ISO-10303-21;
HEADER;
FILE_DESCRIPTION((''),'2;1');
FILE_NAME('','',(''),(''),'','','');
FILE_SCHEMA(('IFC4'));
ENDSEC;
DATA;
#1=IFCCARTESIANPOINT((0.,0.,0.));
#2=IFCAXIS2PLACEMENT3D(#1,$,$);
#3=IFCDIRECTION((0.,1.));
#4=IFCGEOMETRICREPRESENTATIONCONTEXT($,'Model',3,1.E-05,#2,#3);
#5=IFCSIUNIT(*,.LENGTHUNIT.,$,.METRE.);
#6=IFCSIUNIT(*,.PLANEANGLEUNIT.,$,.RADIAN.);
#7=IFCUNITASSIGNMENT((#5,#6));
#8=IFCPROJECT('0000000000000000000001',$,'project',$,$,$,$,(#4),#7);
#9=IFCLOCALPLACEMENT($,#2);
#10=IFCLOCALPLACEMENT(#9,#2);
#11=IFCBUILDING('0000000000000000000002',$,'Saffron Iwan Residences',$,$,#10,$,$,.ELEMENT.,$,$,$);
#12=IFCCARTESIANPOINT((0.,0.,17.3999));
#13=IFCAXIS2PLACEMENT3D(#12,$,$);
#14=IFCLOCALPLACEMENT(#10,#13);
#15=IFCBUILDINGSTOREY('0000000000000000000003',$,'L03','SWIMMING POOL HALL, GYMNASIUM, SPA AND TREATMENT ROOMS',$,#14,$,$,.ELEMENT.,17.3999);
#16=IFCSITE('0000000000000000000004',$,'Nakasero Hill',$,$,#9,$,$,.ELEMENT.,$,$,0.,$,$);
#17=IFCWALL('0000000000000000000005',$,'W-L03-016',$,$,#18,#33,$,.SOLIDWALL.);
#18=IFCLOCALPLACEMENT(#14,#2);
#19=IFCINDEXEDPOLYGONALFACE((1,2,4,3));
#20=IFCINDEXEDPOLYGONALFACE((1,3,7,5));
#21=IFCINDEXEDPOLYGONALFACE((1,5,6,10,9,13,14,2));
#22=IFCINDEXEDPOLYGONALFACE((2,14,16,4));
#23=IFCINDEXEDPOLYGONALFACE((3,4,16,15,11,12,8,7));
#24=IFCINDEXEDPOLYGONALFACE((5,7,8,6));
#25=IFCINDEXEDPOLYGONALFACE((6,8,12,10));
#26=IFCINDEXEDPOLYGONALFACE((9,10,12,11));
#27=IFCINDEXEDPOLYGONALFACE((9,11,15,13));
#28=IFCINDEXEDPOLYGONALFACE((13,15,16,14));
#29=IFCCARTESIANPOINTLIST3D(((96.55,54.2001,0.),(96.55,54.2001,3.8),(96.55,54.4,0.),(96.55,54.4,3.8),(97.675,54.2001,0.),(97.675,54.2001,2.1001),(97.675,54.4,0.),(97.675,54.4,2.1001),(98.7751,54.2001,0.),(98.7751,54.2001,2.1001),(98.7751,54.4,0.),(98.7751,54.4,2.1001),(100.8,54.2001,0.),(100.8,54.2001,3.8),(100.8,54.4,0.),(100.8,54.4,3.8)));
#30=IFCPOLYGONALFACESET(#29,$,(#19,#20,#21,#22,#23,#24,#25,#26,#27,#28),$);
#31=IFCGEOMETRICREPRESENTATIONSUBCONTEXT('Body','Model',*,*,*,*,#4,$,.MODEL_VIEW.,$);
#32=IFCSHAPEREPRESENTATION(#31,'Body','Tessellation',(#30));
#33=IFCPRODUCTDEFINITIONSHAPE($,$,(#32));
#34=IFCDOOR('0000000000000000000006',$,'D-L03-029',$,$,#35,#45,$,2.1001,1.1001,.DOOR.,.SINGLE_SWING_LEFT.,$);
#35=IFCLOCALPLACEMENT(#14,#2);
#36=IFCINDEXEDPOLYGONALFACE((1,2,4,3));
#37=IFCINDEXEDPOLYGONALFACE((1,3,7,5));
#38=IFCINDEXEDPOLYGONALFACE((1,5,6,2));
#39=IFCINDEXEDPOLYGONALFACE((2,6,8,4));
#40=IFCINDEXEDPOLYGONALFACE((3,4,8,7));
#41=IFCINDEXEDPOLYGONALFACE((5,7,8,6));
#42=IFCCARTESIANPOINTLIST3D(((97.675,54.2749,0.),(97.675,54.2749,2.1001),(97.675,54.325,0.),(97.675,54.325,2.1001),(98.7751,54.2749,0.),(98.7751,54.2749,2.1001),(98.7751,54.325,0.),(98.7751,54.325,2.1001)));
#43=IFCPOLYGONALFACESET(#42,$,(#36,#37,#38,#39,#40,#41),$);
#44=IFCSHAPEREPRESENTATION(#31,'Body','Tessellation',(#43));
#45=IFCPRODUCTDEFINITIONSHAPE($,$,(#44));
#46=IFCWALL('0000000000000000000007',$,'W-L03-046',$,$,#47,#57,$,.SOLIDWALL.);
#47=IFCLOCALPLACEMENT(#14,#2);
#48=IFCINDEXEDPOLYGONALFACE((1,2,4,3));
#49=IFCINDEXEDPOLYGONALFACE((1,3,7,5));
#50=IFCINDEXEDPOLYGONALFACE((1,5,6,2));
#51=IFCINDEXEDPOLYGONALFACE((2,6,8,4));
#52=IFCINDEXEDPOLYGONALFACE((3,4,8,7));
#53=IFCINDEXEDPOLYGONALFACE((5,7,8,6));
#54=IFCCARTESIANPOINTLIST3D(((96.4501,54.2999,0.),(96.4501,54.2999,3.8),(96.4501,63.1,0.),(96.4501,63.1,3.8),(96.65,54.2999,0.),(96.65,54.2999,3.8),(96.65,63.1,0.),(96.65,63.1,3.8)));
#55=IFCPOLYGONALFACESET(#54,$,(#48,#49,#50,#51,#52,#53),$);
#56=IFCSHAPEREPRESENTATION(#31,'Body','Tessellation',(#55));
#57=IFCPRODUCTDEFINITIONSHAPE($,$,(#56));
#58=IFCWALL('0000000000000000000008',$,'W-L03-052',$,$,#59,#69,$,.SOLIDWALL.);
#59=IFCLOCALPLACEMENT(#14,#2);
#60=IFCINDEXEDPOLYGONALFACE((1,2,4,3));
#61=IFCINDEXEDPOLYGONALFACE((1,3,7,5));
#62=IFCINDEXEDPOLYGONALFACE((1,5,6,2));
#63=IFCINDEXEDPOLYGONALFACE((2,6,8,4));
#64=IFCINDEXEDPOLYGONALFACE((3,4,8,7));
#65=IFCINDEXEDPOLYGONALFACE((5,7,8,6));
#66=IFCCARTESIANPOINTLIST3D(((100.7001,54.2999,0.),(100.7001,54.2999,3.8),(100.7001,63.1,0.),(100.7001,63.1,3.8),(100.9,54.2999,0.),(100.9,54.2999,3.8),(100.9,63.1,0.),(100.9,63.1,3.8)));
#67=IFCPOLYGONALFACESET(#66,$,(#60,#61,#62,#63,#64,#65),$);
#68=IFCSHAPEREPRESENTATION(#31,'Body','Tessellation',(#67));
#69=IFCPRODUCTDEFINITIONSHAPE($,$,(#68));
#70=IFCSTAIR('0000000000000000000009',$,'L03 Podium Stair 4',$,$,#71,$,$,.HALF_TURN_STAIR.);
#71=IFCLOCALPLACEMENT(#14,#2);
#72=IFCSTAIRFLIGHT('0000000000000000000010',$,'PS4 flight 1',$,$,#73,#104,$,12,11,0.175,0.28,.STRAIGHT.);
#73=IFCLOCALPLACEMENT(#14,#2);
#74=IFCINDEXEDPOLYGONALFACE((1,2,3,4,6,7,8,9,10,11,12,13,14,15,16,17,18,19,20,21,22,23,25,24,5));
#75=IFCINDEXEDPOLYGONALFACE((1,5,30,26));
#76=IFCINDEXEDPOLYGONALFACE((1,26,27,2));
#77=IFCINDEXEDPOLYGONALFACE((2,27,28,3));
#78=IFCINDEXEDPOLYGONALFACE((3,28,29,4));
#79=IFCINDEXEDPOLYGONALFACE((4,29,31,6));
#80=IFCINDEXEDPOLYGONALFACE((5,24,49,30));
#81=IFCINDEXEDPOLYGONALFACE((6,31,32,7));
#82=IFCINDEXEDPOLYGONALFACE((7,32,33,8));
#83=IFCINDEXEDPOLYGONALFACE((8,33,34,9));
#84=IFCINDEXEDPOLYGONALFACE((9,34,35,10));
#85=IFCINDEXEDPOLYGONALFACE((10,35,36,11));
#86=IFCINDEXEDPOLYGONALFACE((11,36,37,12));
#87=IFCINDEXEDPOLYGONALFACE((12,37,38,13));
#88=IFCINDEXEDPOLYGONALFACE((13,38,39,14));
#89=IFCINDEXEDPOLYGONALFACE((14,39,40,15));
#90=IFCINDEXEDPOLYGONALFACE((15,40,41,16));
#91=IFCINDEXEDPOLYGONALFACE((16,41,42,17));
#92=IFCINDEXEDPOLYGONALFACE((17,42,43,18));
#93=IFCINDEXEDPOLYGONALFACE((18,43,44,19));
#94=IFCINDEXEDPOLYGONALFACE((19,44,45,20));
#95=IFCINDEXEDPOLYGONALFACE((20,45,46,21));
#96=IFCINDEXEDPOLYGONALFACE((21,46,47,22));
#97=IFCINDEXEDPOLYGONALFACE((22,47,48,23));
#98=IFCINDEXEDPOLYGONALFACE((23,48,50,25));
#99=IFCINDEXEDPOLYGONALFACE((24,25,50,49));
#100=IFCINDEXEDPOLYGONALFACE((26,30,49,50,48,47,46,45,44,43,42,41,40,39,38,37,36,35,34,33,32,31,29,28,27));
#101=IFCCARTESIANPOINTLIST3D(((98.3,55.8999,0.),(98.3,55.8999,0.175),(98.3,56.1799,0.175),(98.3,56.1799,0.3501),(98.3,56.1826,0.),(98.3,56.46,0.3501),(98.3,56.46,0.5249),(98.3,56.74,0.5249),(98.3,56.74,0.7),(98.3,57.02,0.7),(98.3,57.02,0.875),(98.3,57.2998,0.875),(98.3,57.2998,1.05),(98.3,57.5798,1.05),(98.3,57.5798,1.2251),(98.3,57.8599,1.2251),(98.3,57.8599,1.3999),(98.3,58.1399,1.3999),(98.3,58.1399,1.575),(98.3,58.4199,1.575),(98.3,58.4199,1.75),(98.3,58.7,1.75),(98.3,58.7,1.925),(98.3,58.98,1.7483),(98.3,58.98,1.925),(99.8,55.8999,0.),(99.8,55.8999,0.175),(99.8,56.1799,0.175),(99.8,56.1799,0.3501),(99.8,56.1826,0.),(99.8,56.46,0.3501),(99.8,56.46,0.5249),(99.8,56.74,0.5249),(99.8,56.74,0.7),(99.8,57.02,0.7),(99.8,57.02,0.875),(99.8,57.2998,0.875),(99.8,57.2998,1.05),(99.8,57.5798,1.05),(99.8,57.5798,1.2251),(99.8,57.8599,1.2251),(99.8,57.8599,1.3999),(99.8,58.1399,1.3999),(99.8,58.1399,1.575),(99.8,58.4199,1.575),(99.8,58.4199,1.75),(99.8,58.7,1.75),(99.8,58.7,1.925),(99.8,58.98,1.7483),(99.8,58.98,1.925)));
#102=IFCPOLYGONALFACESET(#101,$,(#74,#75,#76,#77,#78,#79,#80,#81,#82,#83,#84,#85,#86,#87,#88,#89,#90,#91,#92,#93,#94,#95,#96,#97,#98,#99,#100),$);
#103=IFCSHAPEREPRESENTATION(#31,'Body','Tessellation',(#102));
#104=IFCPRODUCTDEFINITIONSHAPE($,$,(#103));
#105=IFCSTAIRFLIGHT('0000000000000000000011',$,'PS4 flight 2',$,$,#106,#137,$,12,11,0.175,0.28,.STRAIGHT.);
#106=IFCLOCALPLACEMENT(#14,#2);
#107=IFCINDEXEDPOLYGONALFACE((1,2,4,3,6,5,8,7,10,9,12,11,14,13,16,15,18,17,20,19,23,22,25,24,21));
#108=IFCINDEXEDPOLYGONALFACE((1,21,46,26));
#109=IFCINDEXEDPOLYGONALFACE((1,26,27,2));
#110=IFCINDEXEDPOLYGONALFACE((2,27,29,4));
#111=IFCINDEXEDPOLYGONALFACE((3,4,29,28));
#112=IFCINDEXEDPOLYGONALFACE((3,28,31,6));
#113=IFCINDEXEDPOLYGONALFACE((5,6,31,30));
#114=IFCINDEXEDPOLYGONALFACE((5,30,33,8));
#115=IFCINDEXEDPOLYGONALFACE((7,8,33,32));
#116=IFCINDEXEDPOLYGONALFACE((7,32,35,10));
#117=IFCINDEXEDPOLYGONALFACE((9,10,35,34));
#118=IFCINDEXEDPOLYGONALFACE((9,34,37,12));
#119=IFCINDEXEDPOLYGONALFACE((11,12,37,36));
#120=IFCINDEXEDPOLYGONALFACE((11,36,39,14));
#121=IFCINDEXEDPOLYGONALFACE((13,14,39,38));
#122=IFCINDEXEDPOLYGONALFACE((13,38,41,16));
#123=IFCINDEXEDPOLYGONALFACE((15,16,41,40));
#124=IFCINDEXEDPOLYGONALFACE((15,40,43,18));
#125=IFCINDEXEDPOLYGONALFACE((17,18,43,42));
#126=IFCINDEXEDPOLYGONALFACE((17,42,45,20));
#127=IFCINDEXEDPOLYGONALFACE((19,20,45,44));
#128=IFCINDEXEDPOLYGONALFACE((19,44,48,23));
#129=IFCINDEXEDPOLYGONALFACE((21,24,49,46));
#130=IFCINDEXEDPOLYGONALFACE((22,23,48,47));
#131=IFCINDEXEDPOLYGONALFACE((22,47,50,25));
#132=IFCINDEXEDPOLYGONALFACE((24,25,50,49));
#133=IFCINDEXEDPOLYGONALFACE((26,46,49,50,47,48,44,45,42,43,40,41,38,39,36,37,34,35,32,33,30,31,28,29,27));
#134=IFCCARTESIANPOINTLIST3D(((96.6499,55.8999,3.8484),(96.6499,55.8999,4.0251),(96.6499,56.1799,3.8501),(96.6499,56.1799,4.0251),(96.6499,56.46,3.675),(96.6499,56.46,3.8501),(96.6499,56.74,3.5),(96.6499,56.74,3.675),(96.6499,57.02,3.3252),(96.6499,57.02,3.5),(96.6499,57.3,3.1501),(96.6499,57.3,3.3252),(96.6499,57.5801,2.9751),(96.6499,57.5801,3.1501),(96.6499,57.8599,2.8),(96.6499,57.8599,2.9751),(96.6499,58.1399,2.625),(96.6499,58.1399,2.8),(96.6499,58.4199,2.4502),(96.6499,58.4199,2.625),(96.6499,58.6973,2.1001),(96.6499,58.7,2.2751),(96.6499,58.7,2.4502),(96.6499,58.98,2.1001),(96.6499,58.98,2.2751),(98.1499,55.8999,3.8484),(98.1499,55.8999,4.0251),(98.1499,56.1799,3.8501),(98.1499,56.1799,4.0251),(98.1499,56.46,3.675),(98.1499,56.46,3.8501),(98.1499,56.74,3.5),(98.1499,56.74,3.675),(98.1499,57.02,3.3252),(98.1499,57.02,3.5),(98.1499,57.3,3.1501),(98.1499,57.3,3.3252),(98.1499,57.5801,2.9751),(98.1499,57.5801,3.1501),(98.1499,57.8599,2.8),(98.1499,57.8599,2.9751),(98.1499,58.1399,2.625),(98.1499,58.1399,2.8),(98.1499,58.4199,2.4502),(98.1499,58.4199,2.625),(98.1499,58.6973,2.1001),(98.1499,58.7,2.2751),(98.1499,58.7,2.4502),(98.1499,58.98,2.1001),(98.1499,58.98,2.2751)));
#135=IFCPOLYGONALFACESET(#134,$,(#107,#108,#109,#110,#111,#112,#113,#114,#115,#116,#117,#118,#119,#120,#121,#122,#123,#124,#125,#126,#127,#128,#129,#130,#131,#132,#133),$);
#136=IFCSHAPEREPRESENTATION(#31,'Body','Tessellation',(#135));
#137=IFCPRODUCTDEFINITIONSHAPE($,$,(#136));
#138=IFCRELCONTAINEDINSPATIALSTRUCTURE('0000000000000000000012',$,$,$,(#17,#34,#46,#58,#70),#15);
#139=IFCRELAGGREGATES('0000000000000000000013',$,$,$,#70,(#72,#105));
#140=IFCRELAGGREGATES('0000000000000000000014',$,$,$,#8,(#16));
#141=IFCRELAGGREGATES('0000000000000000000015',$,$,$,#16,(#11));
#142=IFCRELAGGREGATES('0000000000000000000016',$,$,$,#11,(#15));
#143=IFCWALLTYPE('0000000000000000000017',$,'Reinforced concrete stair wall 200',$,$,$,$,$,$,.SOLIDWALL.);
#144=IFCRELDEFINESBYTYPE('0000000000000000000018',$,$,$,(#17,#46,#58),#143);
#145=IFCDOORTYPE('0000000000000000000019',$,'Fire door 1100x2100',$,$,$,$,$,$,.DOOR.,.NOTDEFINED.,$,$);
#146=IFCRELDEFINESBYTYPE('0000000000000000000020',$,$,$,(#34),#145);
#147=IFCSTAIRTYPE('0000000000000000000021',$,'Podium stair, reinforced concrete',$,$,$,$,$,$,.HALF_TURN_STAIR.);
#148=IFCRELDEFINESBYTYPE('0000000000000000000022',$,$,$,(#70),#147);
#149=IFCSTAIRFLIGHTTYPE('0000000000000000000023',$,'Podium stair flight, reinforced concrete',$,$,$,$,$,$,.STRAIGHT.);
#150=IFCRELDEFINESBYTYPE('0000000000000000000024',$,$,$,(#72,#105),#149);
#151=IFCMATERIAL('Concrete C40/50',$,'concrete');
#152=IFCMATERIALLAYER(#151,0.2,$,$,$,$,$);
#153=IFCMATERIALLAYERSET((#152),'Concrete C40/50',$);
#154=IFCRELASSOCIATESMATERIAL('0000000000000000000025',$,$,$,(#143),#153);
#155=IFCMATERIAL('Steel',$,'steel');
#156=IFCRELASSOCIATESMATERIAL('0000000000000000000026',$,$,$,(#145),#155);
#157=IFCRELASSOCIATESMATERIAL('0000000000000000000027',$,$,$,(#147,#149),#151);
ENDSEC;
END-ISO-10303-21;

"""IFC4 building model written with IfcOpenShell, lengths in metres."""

from ifc_helpers import new_model, si_unit, direction, frame, frame_2d, origin, place, context, subcontext, project, spatial, polyline, rectangle, outline, extrude, material, layer, layer_set, type_object, element, fill, aggregate, save


model = new_model("IFC4")

# Units and contexts
model_context = context("Model", 3, precision=1e-05, world=origin(), true_north=direction((0.0, 1.0)))
body_context = subcontext(model_context, "Body", "Model", "MODEL_VIEW")
ifc_project = project(units=[si_unit("LENGTHUNIT", "METRE"), si_unit("PLANEANGLEUNIT", "RADIAN")], contexts=[model_context])

# Site, building, storey
site_placement = place(None, origin())
site = spatial("IfcSite", under=ifc_project, at=site_placement, Name="Nakasero Hill", CompositionType="ELEMENT", RefElevation=0.0)
building_placement = place(site_placement, origin())
building = spatial("IfcBuilding", under=site, at=building_placement, Name="Saffron Iwan Residences", CompositionType="ELEMENT")
storey_placement = place(building_placement, frame((0.0, 0.0, 17.3999)))
storey = spatial("IfcBuildingStorey", under=building, at=storey_placement, Name="L03", Description="SWIMMING POOL HALL, GYMNASIUM, SPA AND TREATMENT ROOMS", CompositionType="ELEMENT", Elevation=17.3999)

# Shared definitions
ifc_material_1 = material(Name="Concrete C40/50", Category="concrete")

# Wall, opening, door
ifc_layer_1 = layer(ifc_material_1, 0.2)
ifc_layer_set_1 = layer_set([ifc_layer_1], Name="Concrete C40/50")
wall_type_1 = type_object("IfcWallType", Name="Reinforced concrete stair wall 200", PredefinedType="SOLIDWALL", material=ifc_layer_set_1)
ifc_material_2 = material(Name="Steel", Category="steel")
door_type_1 = type_object("IfcDoorType", Name="Fire door 1100x2100", OperationType="NOTDEFINED", PredefinedType="DOOR", material=ifc_material_2)
wall_1_placement = place(storey_placement, frame((96.55, 54.3, 0.0), z_axis=(0.0, 0.0, 1.0), x_axis=(1.0, 0.0, 0.0)))
wall_1 = element("IfcWall", 1, at=wall_1_placement, inside=storey, type_object=wall_type_1, Name="W-L03-016", PredefinedType="SOLIDWALL", context=body_context, shape_type="SweptSolid", body=[
    extrude(rectangle(XDim=4.25, YDim=0.2, at=frame_2d((2.125, 0.0))), origin(), (0.0, 0.0, 1.0), 3.8),
])
opening_1_placement = place(wall_1_placement, frame((1.125, 0.0, 0.0)))
opening_1 = element("IfcOpeningElement", 2, at=opening_1_placement, cuts=wall_1, PredefinedType="OPENING", context=body_context, shape_type="SweptSolid", body=[
    extrude(rectangle(XDim=1.1001, YDim=2.1001, at=frame_2d((0.55, 1.05))), frame((0.0, 0.1099, 0.0), z_axis=(0.0, -1.0, 0.0), x_axis=(1.0, 0.0, 0.0)), (0.0, 0.0, 1.0), 0.22),
])
door_1_placement = place(opening_1_placement, origin())
door_1 = element("IfcDoor", 3, at=door_1_placement, inside=storey, type_object=door_type_1, Name="D-L03-029", OperationType="SINGLE_SWING_LEFT", OverallHeight=2.1001, OverallWidth=1.1001, PredefinedType="DOOR", context=body_context, shape_type="SweptSolid", body=[
    extrude(rectangle(XDim=1.1001, YDim=2.1001, at=frame_2d((0.55, 1.05))), frame((0.0, 0.0249, 0.0), z_axis=(0.0, -1.0, 0.0), x_axis=(1.0, 0.0, 0.0)), (0.0, 0.0, 1.0), 0.05),
])
fill(opening_1, door_1)

# Walls
for number, where, z_axis, x_axis, name in (
    (4, (96.55, 54.3, 0.0), (0.0, 0.0, 1.0), (0.0, 1.0, 0.0), "W-L03-046"),
    (5, (100.8, 54.3, 0.0), (0.0, 0.0, 1.0), (0.0, 1.0, 0.0), "W-L03-052"),
):
    element("IfcWall", number, at=place(storey_placement, frame(where, z_axis=z_axis, x_axis=x_axis)), inside=storey, type_object=wall_type_1, Name=name, PredefinedType="SOLIDWALL", context=body_context, shape_type="SweptSolid", body=[
        extrude(rectangle(XDim=8.8, YDim=0.2, at=frame_2d((4.3999, 0.0))), origin(), (0.0, 0.0, 1.0), 3.8),
    ])

# Stair, stair flights
stair_type = type_object("IfcStairType", Name="Podium stair, reinforced concrete", PredefinedType="HALF_TURN_STAIR", material=ifc_material_1)
stair_placement = place(storey_placement, origin())
stair = element("IfcStair", 6, at=stair_placement, inside=storey, type_object=stair_type, Name="L03 Podium Stair 4", PredefinedType="HALF_TURN_STAIR")
stair_flight_type = type_object("IfcStairFlightType", Name="Podium stair flight, reinforced concrete", PredefinedType="STRAIGHT", material=ifc_material_1)
stair_flight_1_placement = place(storey_placement, frame((99.05, 55.8999, 0.0), z_axis=(0.0, 0.0, 1.0), x_axis=(0.0, 1.0, 0.0)))
stair_flight_1 = element("IfcStairFlight", 7, at=stair_flight_1_placement, type_object=stair_flight_type, Name="PS4 flight 1", NumberOfRisers=12, NumberOfTreads=11, PredefinedType="STRAIGHT", RiserHeight=0.175, TreadLength=0.28, context=body_context, shape_type="SweptSolid", body=[
    extrude(outline(polyline([(0.0, 0.0), (0.0, 0.175), (0.28, 0.175), (0.28, 0.3501), (0.5601, 0.3501), (0.5601, 0.5249), (0.8401, 0.5249), (0.8401, 0.7), (1.1201, 0.7), (1.1201, 0.875), (1.3999, 0.875), (1.3999, 1.05), (1.6799, 1.05), (1.6799, 1.2251), (1.96, 1.2251), (1.96, 1.3999), (2.24, 1.3999), (2.24, 1.575), (2.52, 1.575), (2.52, 1.75), (2.8, 1.75), (2.8, 1.925), (3.0801, 1.925), (3.0801, 2.1001), (3.0801, 1.7483), (0.2827, 0.0), (0.0, 0.0)])), frame((0.0, 0.75, 0.0), z_axis=(0.0, -1.0, 0.0), x_axis=(1.0, 0.0, 0.0)), (0.0, 0.0, 1.0), 1.5),
])
stair_flight_2_placement = place(storey_placement, frame((97.3999, 58.98, 2.1001), z_axis=(0.0, 0.0, 1.0), x_axis=(0.0, -1.0, 0.0)))
stair_flight_2 = element("IfcStairFlight", 8, at=stair_flight_2_placement, type_object=stair_flight_type, Name="PS4 flight 2", NumberOfRisers=12, NumberOfTreads=11, PredefinedType="STRAIGHT", RiserHeight=0.175, TreadLength=0.28, context=body_context, shape_type="SweptSolid", body=[
    extrude(outline(polyline([(0.0, 0.0), (0.0, 0.175), (0.28, 0.175), (0.28, 0.3501), (0.5601, 0.3501), (0.5601, 0.5249), (0.8401, 0.5249), (0.8401, 0.7), (1.1201, 0.7), (1.1201, 0.875), (1.3999, 0.875), (1.3999, 1.05), (1.6799, 1.05), (1.6799, 1.2251), (1.96, 1.2251), (1.96, 1.3999), (2.24, 1.3999), (2.24, 1.575), (2.52, 1.575), (2.52, 1.75), (2.8, 1.75), (2.8, 1.925), (3.0801, 1.925), (3.0801, 2.1001), (3.0801, 1.7483), (0.2827, 0.0), (0.0, 0.0)])), frame((0.0, 0.75, 0.0), z_axis=(0.0, -1.0, 0.0), x_axis=(1.0, 0.0, 0.0)), (0.0, 0.0, 1.0), 1.5),
])
aggregate(stair, [stair_flight_1, stair_flight_2])

save(model, "model.ifc")
